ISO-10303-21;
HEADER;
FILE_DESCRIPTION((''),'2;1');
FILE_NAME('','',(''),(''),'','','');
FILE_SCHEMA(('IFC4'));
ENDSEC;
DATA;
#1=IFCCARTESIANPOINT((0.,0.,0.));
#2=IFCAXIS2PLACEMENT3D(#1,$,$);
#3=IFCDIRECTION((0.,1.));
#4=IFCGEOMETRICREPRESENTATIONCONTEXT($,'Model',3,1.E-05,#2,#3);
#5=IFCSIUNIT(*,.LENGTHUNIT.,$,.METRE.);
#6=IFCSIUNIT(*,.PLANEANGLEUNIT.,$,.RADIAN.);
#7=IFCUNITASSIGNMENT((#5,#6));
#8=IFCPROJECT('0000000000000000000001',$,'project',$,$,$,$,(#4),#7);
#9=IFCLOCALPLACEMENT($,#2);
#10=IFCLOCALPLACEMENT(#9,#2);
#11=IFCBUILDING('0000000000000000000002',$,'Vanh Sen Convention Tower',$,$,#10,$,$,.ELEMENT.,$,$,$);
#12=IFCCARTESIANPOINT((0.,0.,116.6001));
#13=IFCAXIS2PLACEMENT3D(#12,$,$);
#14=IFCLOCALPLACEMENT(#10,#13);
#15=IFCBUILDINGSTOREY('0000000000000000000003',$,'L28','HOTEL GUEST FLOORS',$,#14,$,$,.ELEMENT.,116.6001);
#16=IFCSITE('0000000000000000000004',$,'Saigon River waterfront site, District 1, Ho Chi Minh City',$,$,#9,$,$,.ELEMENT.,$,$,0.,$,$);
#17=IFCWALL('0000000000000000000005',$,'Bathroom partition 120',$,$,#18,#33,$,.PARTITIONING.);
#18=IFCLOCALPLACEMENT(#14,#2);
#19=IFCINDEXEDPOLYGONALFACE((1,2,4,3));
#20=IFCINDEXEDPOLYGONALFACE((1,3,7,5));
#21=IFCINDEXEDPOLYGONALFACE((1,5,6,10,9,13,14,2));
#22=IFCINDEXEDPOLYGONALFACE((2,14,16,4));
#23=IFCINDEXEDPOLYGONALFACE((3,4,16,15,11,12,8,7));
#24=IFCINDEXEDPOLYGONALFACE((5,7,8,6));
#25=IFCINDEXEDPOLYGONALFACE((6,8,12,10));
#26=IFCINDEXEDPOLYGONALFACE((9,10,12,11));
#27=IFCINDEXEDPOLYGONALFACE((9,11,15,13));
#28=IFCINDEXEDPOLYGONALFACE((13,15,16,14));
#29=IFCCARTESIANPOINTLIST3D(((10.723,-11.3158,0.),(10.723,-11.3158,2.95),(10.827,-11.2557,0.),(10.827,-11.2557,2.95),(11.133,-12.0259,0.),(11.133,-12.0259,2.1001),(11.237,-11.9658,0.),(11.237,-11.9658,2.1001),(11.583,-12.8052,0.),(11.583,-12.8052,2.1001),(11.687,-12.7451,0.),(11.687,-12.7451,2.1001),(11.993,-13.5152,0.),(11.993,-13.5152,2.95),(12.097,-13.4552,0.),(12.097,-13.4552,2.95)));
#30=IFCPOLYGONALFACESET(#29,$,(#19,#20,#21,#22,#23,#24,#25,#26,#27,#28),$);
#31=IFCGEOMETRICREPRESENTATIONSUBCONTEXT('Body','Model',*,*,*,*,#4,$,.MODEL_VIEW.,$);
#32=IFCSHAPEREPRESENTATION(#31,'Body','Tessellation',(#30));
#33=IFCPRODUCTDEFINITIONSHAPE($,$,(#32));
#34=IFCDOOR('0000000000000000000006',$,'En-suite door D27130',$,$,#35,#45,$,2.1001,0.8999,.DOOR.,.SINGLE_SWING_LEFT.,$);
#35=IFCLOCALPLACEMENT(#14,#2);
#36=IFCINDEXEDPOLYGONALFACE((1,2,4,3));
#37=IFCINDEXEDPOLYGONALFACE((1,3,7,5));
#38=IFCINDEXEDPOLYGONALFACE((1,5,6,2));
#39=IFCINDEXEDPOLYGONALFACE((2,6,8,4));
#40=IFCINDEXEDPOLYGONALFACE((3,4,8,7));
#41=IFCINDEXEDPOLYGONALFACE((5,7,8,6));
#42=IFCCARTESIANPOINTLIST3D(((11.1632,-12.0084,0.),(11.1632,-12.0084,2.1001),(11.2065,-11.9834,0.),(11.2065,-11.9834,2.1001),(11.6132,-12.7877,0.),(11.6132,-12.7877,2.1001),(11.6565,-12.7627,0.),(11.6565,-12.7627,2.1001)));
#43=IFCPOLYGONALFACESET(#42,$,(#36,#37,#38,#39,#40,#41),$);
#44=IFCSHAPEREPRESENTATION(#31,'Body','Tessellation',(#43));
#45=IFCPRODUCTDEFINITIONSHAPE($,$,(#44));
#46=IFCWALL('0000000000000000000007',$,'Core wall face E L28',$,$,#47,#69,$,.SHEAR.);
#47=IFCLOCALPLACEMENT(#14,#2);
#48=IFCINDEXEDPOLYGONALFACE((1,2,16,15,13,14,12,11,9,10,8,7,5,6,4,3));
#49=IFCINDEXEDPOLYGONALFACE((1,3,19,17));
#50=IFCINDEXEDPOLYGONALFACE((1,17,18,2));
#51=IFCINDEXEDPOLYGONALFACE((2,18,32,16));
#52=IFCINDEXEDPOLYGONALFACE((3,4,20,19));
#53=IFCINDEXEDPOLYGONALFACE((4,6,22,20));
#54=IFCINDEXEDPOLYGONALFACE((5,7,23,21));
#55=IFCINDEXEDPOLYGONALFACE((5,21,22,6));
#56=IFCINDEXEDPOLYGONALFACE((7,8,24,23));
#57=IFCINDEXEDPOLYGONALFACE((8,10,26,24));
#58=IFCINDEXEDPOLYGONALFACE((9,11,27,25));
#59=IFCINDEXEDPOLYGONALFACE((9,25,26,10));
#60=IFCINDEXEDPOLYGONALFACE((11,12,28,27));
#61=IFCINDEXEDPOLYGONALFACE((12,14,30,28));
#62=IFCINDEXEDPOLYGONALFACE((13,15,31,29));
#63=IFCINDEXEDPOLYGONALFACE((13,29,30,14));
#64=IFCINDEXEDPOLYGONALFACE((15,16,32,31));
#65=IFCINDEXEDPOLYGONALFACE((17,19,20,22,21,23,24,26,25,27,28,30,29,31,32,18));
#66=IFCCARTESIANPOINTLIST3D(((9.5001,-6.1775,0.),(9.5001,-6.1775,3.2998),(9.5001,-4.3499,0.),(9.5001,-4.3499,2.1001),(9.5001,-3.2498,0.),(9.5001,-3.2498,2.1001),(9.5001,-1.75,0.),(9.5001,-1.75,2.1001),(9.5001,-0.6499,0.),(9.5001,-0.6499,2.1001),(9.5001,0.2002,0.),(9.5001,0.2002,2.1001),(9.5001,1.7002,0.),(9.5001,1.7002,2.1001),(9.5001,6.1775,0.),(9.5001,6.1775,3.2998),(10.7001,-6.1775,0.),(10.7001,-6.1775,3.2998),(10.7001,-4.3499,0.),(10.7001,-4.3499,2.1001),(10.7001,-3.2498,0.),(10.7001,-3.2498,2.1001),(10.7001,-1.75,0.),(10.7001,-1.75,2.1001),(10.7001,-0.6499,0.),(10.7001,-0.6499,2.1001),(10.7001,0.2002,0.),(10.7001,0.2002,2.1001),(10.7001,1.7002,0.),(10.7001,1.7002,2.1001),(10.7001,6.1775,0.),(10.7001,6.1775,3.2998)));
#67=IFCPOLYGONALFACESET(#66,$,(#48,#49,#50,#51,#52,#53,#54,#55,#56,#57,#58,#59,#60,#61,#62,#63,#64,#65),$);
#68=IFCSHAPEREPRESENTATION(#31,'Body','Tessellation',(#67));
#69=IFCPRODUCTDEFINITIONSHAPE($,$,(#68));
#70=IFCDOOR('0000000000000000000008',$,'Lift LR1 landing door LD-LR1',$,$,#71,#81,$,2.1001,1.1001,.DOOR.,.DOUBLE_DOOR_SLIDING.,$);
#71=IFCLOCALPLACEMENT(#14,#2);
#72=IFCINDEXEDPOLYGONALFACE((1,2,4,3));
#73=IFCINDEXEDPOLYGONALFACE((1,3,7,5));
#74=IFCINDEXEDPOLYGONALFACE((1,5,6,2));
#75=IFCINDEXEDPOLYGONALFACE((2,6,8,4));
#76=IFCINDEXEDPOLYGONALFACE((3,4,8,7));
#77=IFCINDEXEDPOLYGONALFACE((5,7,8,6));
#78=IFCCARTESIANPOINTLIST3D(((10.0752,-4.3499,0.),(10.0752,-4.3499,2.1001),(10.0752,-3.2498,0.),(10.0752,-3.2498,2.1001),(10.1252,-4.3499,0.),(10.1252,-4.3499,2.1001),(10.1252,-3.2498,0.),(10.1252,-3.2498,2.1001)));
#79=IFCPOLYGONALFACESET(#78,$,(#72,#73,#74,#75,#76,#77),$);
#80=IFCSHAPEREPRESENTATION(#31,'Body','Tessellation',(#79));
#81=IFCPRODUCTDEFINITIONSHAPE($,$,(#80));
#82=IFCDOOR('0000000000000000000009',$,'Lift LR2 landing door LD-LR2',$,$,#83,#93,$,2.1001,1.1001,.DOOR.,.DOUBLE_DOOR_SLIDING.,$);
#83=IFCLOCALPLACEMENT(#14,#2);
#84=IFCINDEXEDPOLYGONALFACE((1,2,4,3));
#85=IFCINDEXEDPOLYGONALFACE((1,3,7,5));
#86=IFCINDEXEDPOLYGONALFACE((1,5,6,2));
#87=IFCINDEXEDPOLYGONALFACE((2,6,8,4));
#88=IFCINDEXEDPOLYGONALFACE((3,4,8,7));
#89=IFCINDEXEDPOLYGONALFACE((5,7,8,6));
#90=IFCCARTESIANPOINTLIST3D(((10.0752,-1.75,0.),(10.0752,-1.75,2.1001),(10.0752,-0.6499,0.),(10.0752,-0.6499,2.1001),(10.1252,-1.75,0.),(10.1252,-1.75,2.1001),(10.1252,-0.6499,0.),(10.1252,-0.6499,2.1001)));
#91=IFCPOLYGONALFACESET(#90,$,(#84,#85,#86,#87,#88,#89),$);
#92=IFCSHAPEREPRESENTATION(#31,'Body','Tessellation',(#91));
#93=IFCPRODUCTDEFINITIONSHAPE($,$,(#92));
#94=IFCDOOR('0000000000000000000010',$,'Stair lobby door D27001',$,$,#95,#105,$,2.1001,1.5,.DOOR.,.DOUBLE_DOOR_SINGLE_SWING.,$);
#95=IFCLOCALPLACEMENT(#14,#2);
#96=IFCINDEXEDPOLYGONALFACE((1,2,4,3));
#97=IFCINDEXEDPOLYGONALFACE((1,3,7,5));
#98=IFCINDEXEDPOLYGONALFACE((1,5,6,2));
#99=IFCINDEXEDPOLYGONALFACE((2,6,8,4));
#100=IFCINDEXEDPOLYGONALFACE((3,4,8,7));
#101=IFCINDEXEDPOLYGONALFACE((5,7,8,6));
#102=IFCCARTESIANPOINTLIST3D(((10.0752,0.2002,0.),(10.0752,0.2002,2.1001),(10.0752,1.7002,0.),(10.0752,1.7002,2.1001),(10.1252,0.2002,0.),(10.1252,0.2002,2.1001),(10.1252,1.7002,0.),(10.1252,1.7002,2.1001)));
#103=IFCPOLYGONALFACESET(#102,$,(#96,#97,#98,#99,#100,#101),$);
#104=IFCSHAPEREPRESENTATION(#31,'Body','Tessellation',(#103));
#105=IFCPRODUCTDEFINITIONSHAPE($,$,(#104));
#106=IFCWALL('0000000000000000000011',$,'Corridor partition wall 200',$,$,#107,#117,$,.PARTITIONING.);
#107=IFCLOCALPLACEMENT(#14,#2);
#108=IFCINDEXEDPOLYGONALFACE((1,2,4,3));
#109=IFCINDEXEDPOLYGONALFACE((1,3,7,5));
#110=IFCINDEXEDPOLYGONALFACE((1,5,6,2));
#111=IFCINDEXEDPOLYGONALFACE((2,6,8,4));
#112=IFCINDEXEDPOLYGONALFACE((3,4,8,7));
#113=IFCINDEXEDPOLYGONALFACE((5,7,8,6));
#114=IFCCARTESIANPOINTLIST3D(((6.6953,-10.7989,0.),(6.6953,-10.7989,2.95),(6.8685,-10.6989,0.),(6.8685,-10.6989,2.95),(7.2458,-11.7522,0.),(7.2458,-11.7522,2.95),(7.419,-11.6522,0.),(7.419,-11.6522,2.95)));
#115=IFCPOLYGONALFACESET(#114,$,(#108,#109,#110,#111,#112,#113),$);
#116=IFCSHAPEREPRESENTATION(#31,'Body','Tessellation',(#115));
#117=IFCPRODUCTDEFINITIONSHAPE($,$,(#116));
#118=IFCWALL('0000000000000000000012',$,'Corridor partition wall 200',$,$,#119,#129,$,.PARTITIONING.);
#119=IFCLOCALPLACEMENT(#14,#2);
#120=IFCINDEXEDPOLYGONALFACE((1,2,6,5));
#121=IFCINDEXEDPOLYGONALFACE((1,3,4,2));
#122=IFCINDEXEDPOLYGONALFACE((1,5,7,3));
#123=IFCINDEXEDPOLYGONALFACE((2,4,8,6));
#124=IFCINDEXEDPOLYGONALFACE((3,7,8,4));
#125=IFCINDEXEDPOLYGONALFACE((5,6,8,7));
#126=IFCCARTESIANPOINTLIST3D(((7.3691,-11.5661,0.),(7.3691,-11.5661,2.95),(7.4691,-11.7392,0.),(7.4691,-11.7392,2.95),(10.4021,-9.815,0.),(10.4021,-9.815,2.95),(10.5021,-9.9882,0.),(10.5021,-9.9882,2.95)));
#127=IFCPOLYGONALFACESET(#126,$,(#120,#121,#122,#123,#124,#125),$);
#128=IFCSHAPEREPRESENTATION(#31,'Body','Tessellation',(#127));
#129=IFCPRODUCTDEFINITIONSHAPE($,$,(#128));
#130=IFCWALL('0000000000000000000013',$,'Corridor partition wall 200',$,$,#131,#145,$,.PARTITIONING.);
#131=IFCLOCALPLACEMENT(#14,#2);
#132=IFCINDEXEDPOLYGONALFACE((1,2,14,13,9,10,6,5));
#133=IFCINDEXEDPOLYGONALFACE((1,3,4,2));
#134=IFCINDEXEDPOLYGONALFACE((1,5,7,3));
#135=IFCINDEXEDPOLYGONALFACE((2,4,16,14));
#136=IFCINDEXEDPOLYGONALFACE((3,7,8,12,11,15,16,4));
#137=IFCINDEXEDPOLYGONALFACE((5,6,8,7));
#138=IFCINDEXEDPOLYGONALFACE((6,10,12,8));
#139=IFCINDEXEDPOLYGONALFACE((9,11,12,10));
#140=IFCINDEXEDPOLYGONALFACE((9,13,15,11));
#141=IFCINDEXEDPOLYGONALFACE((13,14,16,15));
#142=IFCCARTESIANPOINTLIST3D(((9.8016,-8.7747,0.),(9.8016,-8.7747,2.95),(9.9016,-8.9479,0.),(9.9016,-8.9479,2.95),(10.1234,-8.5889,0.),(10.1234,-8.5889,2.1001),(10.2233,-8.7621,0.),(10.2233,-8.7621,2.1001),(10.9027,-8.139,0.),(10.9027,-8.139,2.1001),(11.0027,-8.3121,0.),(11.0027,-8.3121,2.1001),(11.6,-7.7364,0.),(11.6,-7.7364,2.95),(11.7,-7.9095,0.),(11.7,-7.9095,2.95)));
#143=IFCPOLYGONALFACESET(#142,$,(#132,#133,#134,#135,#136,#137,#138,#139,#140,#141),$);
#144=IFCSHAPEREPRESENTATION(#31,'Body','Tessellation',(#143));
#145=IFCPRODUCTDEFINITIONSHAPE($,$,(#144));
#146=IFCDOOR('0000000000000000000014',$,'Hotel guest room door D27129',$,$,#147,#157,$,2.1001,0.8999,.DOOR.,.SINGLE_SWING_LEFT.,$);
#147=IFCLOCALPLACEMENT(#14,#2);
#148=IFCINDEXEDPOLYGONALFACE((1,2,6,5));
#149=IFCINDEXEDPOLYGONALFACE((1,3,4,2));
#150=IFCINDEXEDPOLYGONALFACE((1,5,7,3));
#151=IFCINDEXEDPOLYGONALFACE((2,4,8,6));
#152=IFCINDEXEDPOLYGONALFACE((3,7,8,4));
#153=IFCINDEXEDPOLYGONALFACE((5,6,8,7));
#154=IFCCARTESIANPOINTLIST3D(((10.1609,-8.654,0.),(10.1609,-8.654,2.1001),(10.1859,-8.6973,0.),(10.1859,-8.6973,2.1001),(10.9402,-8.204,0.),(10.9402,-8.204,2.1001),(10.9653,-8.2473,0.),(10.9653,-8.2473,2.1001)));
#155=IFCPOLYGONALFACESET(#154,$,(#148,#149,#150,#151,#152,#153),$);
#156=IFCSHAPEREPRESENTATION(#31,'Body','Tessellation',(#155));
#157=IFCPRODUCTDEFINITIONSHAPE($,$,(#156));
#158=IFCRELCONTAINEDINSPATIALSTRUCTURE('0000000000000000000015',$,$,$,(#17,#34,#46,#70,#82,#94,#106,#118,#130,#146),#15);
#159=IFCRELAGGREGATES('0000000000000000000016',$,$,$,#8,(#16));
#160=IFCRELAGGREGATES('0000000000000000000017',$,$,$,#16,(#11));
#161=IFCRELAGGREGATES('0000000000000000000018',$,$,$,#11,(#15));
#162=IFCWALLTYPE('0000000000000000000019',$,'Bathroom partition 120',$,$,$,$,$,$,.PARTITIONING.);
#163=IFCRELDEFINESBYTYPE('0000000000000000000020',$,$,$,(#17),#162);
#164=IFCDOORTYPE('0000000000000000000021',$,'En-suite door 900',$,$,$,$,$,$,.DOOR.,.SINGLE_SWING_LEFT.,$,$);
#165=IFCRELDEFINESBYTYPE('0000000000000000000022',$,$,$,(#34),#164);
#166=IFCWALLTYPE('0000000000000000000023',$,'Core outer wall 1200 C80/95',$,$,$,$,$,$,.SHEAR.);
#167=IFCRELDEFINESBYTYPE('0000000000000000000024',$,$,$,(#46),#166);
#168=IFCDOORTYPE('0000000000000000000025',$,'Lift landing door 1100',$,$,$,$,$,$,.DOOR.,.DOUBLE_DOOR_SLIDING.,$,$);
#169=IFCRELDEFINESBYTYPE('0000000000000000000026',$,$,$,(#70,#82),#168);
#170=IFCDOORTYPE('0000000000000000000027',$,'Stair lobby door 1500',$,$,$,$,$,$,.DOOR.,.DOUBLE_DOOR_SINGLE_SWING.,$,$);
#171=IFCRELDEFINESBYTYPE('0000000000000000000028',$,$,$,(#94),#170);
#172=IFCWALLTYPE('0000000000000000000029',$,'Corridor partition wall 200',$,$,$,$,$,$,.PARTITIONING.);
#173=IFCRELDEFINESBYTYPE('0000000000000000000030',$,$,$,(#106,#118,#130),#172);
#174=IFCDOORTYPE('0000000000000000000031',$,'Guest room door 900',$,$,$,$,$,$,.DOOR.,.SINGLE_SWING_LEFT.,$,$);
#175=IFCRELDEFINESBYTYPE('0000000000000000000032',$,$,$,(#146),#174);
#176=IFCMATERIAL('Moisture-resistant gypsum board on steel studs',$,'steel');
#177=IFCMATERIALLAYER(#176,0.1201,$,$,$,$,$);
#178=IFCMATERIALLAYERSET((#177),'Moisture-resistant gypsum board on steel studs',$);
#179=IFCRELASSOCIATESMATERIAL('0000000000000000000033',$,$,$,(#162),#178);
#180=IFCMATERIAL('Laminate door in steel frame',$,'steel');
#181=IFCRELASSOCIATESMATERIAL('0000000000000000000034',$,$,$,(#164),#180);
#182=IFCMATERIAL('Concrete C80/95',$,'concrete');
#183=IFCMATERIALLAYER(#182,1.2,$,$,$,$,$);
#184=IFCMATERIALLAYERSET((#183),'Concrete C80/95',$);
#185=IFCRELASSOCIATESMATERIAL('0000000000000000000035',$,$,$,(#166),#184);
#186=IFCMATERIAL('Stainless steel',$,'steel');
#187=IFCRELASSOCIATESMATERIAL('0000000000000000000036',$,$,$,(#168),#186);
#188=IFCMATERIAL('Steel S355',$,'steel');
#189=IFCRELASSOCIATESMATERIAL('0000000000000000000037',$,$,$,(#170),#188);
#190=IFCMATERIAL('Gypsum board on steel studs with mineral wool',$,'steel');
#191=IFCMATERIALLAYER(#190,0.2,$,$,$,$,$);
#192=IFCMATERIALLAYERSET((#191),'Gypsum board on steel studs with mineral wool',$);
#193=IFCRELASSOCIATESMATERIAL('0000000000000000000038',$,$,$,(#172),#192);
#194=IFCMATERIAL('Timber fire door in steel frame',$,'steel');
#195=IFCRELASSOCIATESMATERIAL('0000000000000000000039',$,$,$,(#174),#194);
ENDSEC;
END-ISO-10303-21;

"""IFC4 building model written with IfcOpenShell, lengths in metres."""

from ifc_helpers import new_model, si_unit, direction, frame, frame_2d, origin, place, context, subcontext, project, spatial, rectangle, extrude, material, layer, layer_set, type_object, element, fill, save


model = new_model("IFC4")

# Units and contexts
model_context = context("Model", 3, precision=1e-05, world=origin(), true_north=direction((0.0, 1.0)))
body_context = subcontext(model_context, "Body", "Model", "MODEL_VIEW")
ifc_project = project(units=[si_unit("LENGTHUNIT", "METRE"), si_unit("PLANEANGLEUNIT", "RADIAN")], contexts=[model_context])

# Site, building, storey
site_placement = place(None, origin())
site = spatial("IfcSite", under=ifc_project, at=site_placement, Name="Saigon River waterfront site, District 1, Ho Chi Minh City", CompositionType="ELEMENT", RefElevation=0.0)
building_placement = place(site_placement, origin())
building = spatial("IfcBuilding", under=site, at=building_placement, Name="Vanh Sen Convention Tower", CompositionType="ELEMENT")
storey_placement = place(building_placement, frame((0.0, 0.0, 116.6001)))
storey = spatial("IfcBuildingStorey", under=building, at=storey_placement, Name="L28", Description="HOTEL GUEST FLOORS", CompositionType="ELEMENT", Elevation=116.6001)

# Wall, opening, door
ifc_material_1 = material(Name="Moisture-resistant gypsum board on steel studs", Category="steel")
ifc_layer_1 = layer(ifc_material_1, 0.1201)
ifc_layer_set_1 = layer_set([ifc_layer_1], Name="Moisture-resistant gypsum board on steel studs")
wall_type_1 = type_object("IfcWallType", Name="Bathroom partition 120", PredefinedType="PARTITIONING", material=ifc_layer_set_1)
wall_1_placement = place(storey_placement, frame((10.7749, -11.2856, 0.0), z_axis=(0.0, 0.0, 1.0), x_axis=(0.500047, -0.865998, 0.0)))
wall_1 = element("IfcWall", 1, at=wall_1_placement, inside=storey, type_object=wall_type_1, Name="Bathroom partition 120", PredefinedType="PARTITIONING", context=body_context, shape_type="SweptSolid", body=[
    extrude(rectangle(XDim=2.5398, YDim=0.1201, at=frame_2d((1.27, 0.0))), origin(), (0.0, 0.0, 1.0), 2.95),
])
opening_1_placement = place(wall_1_placement, frame((0.8201, 0.0, 0.0)))
opening_1 = element("IfcOpeningElement", 2, at=opening_1_placement, cuts=wall_1, PredefinedType="OPENING", context=body_context, shape_type="SweptSolid", body=[
    extrude(rectangle(XDim=0.8999, YDim=2.1001, at=frame_2d((0.45, 1.05))), frame((0.0, 0.0701, 0.0), z_axis=(0.0, -1.0, 0.0), x_axis=(1.0, 0.0, 0.0)), (0.0, 0.0, 1.0), 0.1401),
])
ifc_material_2 = material(Name="Laminate door in steel frame", Category="steel")
door_type_1 = type_object("IfcDoorType", Name="En-suite door 900", OperationType="SINGLE_SWING_LEFT", PredefinedType="DOOR", material=ifc_material_2)
door_1_placement = place(opening_1_placement, origin())
door_1 = element("IfcDoor", 3, at=door_1_placement, inside=storey, type_object=door_type_1, Name="En-suite door D27130", OperationType="SINGLE_SWING_LEFT", OverallHeight=2.1001, OverallWidth=0.8999, PredefinedType="DOOR", context=body_context, shape_type="SweptSolid", body=[
    extrude(rectangle(XDim=0.8999, YDim=2.1001, at=frame_2d((0.45, 1.05))), frame((0.0, 0.0249, 0.0), z_axis=(0.0, -1.0, 0.0), x_axis=(1.0, 0.0, 0.0)), (0.0, 0.0, 1.0), 0.05),
])
fill(opening_1, door_1)

# Wall, openings, doors
ifc_material_3 = material(Name="Concrete C80/95", Category="concrete")
ifc_layer_2 = layer(ifc_material_3, 1.2)
ifc_layer_set_2 = layer_set([ifc_layer_2], Name="Concrete C80/95")
wall_type_2 = type_object("IfcWallType", Name="Core outer wall 1200 C80/95", PredefinedType="SHEAR", material=ifc_layer_set_2)
wall_2_placement = place(storey_placement, frame((10.1001, -6.1775, 0.0), z_axis=(0.0, 0.0, 1.0), x_axis=(0.0, 1.0, 0.0)))
wall_2 = element("IfcWall", 4, at=wall_2_placement, inside=storey, type_object=wall_type_2, Name="Core wall face E L28", PredefinedType="SHEAR", context=body_context, shape_type="SweptSolid", body=[
    extrude(rectangle(XDim=12.355, YDim=1.2, at=frame_2d((6.1775, 0.0))), origin(), (0.0, 0.0, 1.0), 3.2998),
])
opening_2_placement = place(wall_2_placement, frame((6.3777, 0.0, 0.0)))
opening_2 = element("IfcOpeningElement", 5, at=opening_2_placement, cuts=wall_2, PredefinedType="OPENING", context=body_context, shape_type="SweptSolid", body=[
    extrude(rectangle(XDim=1.5, YDim=2.1001, at=frame_2d((0.75, 1.05))), frame((0.0, 0.6099, 0.0), z_axis=(0.0, -1.0, 0.0), x_axis=(1.0, 0.0, 0.0)), (0.0, 0.0, 1.0), 1.22),
])
opening_3_placement = place(wall_2_placement, frame((1.8276, 0.0, 0.0)))
opening_3 = element("IfcOpeningElement", 6, at=opening_3_placement, cuts=wall_2, PredefinedType="OPENING", context=body_context, shape_type="SweptSolid", body=[
    extrude(rectangle(XDim=1.1001, YDim=2.1001, at=frame_2d((0.55, 1.05))), frame((0.0, 0.6099, 0.0), z_axis=(0.0, -1.0, 0.0), x_axis=(1.0, 0.0, 0.0)), (0.0, 0.0, 1.0), 1.22),
])
opening_4_placement = place(wall_2_placement, frame((4.4275, 0.0, 0.0)))
opening_4 = element("IfcOpeningElement", 7, at=opening_4_placement, cuts=wall_2, PredefinedType="OPENING", context=body_context, shape_type="SweptSolid", body=[
    extrude(rectangle(XDim=1.1001, YDim=2.1001, at=frame_2d((0.55, 1.05))), frame((0.0, 0.6099, 0.0), z_axis=(0.0, -1.0, 0.0), x_axis=(1.0, 0.0, 0.0)), (0.0, 0.0, 1.0), 1.22),
])
ifc_material_4 = material(Name="Stainless steel", Category="steel")
door_type_2 = type_object("IfcDoorType", Name="Lift landing door 1100", OperationType="DOUBLE_DOOR_SLIDING", PredefinedType="DOOR", material=ifc_material_4)
door_2_placement = place(opening_3_placement, origin())
door_2 = element("IfcDoor", 8, at=door_2_placement, inside=storey, type_object=door_type_2, Name="Lift LR1 landing door LD-LR1", OperationType="DOUBLE_DOOR_SLIDING", OverallHeight=2.1001, OverallWidth=1.1001, PredefinedType="DOOR", context=body_context, shape_type="SweptSolid", body=[
    extrude(rectangle(XDim=1.1001, YDim=2.1001, at=frame_2d((0.55, 1.05))), frame((0.0, 0.0249, 0.0), z_axis=(0.0, -1.0, 0.0), x_axis=(1.0, 0.0, 0.0)), (0.0, 0.0, 1.0), 0.05),
])
fill(opening_3, door_2)
door_3_placement = place(opening_4_placement, origin())
door_3 = element("IfcDoor", 9, at=door_3_placement, inside=storey, type_object=door_type_2, Name="Lift LR2 landing door LD-LR2", OperationType="DOUBLE_DOOR_SLIDING", OverallHeight=2.1001, OverallWidth=1.1001, PredefinedType="DOOR", context=body_context, shape_type="SweptSolid", body=[
    extrude(rectangle(XDim=1.1001, YDim=2.1001, at=frame_2d((0.55, 1.05))), frame((0.0, 0.0249, 0.0), z_axis=(0.0, -1.0, 0.0), x_axis=(1.0, 0.0, 0.0)), (0.0, 0.0, 1.0), 0.05),
])
fill(opening_4, door_3)
ifc_material_5 = material(Name="Steel S355", Category="steel")
door_type_3 = type_object("IfcDoorType", Name="Stair lobby door 1500", OperationType="DOUBLE_DOOR_SINGLE_SWING", PredefinedType="DOOR", material=ifc_material_5)
door_4_placement = place(opening_2_placement, origin())
door_4 = element("IfcDoor", 10, at=door_4_placement, inside=storey, type_object=door_type_3, Name="Stair lobby door D27001", OperationType="DOUBLE_DOOR_SINGLE_SWING", OverallHeight=2.1001, OverallWidth=1.5, PredefinedType="DOOR", context=body_context, shape_type="SweptSolid", body=[
    extrude(rectangle(XDim=1.5, YDim=2.1001, at=frame_2d((0.75, 1.05))), frame((0.0, 0.0249, 0.0), z_axis=(0.0, -1.0, 0.0), x_axis=(1.0, 0.0, 0.0)), (0.0, 0.0, 1.0), 0.05),
])
fill(opening_2, door_4)

# Walls
ifc_material_6 = material(Name="Gypsum board on steel studs with mineral wool", Category="steel")
ifc_layer_3 = layer(ifc_material_6, 0.2)
ifc_layer_set_3 = layer_set([ifc_layer_3], Name="Gypsum board on steel studs with mineral wool")
wall_type_3 = type_object("IfcWallType", Name="Corridor partition wall 200", PredefinedType="PARTITIONING", material=ifc_layer_set_3)
wall_3_placement = place(storey_placement, frame((6.782, -10.749, 0.0), z_axis=(0.0, 0.0, 1.0), x_axis=(0.500074, -0.865982, 0.0)))
element("IfcWall", 11, at=wall_3_placement, inside=storey, type_object=wall_type_3, Name="Corridor partition wall 200", PredefinedType="PARTITIONING", context=body_context, shape_type="SweptSolid", body=[
    extrude(rectangle(XDim=1.1008, YDim=0.2, at=frame_2d((0.5503, 0.0))), origin(), (0.0, 0.0, 1.0), 2.95),
])
wall_4_placement = place(storey_placement, frame((7.4192, -11.6526, 0.0), z_axis=(0.0, 0.0, 1.0), x_axis=(0.866038, 0.499978, 0.0)))
element("IfcWall", 12, at=wall_4_placement, inside=storey, type_object=wall_type_3, Name="Corridor partition wall 200", PredefinedType="PARTITIONING", context=body_context, shape_type="SweptSolid", body=[
    extrude(rectangle(XDim=3.5022, YDim=0.2, at=frame_2d((1.751, 0.0))), origin(), (0.0, 0.0, 1.0), 2.95),
])

# Wall, opening, door
wall_5_placement = place(storey_placement, frame((9.8516, -8.8613, 0.0), z_axis=(0.0, 0.0, 1.0), x_axis=(0.866013, 0.500021, 0.0)))
wall_5 = element("IfcWall", 13, at=wall_5_placement, inside=storey, type_object=wall_type_3, Name="Corridor partition wall 200", PredefinedType="PARTITIONING", context=body_context, shape_type="SweptSolid", body=[
    extrude(rectangle(XDim=2.0767, YDim=0.2, at=frame_2d((1.0383, 0.0))), origin(), (0.0, 0.0, 1.0), 2.95),
])
opening_5_placement = place(wall_5_placement, frame((0.3716, 0.0, 0.0)))
opening_5 = element("IfcOpeningElement", 14, at=opening_5_placement, cuts=wall_5, PredefinedType="OPENING", context=body_context, shape_type="SweptSolid", body=[
    extrude(rectangle(XDim=0.8999, YDim=2.1001, at=frame_2d((0.45, 1.05))), frame((0.0, 0.1099, 0.0), z_axis=(0.0, -1.0, 0.0), x_axis=(1.0, 0.0, 0.0)), (0.0, 0.0, 1.0), 0.22),
])
ifc_material_7 = material(Name="Timber fire door in steel frame", Category="steel")
door_type_4 = type_object("IfcDoorType", Name="Guest room door 900", OperationType="SINGLE_SWING_LEFT", PredefinedType="DOOR", material=ifc_material_7)
door_5_placement = place(opening_5_placement, origin())
door_5 = element("IfcDoor", 15, at=door_5_placement, inside=storey, type_object=door_type_4, Name="Hotel guest room door D27129", OperationType="SINGLE_SWING_LEFT", OverallHeight=2.1001, OverallWidth=0.8999, PredefinedType="DOOR", context=body_context, shape_type="SweptSolid", body=[
    extrude(rectangle(XDim=0.8999, YDim=2.1001, at=frame_2d((0.45, 1.05))), frame((0.0, 0.0249, 0.0), z_axis=(0.0, -1.0, 0.0), x_axis=(1.0, 0.0, 0.0)), (0.0, 0.0, 1.0), 0.05),
])
fill(opening_5, door_5)

save(model, "model.ifc")
